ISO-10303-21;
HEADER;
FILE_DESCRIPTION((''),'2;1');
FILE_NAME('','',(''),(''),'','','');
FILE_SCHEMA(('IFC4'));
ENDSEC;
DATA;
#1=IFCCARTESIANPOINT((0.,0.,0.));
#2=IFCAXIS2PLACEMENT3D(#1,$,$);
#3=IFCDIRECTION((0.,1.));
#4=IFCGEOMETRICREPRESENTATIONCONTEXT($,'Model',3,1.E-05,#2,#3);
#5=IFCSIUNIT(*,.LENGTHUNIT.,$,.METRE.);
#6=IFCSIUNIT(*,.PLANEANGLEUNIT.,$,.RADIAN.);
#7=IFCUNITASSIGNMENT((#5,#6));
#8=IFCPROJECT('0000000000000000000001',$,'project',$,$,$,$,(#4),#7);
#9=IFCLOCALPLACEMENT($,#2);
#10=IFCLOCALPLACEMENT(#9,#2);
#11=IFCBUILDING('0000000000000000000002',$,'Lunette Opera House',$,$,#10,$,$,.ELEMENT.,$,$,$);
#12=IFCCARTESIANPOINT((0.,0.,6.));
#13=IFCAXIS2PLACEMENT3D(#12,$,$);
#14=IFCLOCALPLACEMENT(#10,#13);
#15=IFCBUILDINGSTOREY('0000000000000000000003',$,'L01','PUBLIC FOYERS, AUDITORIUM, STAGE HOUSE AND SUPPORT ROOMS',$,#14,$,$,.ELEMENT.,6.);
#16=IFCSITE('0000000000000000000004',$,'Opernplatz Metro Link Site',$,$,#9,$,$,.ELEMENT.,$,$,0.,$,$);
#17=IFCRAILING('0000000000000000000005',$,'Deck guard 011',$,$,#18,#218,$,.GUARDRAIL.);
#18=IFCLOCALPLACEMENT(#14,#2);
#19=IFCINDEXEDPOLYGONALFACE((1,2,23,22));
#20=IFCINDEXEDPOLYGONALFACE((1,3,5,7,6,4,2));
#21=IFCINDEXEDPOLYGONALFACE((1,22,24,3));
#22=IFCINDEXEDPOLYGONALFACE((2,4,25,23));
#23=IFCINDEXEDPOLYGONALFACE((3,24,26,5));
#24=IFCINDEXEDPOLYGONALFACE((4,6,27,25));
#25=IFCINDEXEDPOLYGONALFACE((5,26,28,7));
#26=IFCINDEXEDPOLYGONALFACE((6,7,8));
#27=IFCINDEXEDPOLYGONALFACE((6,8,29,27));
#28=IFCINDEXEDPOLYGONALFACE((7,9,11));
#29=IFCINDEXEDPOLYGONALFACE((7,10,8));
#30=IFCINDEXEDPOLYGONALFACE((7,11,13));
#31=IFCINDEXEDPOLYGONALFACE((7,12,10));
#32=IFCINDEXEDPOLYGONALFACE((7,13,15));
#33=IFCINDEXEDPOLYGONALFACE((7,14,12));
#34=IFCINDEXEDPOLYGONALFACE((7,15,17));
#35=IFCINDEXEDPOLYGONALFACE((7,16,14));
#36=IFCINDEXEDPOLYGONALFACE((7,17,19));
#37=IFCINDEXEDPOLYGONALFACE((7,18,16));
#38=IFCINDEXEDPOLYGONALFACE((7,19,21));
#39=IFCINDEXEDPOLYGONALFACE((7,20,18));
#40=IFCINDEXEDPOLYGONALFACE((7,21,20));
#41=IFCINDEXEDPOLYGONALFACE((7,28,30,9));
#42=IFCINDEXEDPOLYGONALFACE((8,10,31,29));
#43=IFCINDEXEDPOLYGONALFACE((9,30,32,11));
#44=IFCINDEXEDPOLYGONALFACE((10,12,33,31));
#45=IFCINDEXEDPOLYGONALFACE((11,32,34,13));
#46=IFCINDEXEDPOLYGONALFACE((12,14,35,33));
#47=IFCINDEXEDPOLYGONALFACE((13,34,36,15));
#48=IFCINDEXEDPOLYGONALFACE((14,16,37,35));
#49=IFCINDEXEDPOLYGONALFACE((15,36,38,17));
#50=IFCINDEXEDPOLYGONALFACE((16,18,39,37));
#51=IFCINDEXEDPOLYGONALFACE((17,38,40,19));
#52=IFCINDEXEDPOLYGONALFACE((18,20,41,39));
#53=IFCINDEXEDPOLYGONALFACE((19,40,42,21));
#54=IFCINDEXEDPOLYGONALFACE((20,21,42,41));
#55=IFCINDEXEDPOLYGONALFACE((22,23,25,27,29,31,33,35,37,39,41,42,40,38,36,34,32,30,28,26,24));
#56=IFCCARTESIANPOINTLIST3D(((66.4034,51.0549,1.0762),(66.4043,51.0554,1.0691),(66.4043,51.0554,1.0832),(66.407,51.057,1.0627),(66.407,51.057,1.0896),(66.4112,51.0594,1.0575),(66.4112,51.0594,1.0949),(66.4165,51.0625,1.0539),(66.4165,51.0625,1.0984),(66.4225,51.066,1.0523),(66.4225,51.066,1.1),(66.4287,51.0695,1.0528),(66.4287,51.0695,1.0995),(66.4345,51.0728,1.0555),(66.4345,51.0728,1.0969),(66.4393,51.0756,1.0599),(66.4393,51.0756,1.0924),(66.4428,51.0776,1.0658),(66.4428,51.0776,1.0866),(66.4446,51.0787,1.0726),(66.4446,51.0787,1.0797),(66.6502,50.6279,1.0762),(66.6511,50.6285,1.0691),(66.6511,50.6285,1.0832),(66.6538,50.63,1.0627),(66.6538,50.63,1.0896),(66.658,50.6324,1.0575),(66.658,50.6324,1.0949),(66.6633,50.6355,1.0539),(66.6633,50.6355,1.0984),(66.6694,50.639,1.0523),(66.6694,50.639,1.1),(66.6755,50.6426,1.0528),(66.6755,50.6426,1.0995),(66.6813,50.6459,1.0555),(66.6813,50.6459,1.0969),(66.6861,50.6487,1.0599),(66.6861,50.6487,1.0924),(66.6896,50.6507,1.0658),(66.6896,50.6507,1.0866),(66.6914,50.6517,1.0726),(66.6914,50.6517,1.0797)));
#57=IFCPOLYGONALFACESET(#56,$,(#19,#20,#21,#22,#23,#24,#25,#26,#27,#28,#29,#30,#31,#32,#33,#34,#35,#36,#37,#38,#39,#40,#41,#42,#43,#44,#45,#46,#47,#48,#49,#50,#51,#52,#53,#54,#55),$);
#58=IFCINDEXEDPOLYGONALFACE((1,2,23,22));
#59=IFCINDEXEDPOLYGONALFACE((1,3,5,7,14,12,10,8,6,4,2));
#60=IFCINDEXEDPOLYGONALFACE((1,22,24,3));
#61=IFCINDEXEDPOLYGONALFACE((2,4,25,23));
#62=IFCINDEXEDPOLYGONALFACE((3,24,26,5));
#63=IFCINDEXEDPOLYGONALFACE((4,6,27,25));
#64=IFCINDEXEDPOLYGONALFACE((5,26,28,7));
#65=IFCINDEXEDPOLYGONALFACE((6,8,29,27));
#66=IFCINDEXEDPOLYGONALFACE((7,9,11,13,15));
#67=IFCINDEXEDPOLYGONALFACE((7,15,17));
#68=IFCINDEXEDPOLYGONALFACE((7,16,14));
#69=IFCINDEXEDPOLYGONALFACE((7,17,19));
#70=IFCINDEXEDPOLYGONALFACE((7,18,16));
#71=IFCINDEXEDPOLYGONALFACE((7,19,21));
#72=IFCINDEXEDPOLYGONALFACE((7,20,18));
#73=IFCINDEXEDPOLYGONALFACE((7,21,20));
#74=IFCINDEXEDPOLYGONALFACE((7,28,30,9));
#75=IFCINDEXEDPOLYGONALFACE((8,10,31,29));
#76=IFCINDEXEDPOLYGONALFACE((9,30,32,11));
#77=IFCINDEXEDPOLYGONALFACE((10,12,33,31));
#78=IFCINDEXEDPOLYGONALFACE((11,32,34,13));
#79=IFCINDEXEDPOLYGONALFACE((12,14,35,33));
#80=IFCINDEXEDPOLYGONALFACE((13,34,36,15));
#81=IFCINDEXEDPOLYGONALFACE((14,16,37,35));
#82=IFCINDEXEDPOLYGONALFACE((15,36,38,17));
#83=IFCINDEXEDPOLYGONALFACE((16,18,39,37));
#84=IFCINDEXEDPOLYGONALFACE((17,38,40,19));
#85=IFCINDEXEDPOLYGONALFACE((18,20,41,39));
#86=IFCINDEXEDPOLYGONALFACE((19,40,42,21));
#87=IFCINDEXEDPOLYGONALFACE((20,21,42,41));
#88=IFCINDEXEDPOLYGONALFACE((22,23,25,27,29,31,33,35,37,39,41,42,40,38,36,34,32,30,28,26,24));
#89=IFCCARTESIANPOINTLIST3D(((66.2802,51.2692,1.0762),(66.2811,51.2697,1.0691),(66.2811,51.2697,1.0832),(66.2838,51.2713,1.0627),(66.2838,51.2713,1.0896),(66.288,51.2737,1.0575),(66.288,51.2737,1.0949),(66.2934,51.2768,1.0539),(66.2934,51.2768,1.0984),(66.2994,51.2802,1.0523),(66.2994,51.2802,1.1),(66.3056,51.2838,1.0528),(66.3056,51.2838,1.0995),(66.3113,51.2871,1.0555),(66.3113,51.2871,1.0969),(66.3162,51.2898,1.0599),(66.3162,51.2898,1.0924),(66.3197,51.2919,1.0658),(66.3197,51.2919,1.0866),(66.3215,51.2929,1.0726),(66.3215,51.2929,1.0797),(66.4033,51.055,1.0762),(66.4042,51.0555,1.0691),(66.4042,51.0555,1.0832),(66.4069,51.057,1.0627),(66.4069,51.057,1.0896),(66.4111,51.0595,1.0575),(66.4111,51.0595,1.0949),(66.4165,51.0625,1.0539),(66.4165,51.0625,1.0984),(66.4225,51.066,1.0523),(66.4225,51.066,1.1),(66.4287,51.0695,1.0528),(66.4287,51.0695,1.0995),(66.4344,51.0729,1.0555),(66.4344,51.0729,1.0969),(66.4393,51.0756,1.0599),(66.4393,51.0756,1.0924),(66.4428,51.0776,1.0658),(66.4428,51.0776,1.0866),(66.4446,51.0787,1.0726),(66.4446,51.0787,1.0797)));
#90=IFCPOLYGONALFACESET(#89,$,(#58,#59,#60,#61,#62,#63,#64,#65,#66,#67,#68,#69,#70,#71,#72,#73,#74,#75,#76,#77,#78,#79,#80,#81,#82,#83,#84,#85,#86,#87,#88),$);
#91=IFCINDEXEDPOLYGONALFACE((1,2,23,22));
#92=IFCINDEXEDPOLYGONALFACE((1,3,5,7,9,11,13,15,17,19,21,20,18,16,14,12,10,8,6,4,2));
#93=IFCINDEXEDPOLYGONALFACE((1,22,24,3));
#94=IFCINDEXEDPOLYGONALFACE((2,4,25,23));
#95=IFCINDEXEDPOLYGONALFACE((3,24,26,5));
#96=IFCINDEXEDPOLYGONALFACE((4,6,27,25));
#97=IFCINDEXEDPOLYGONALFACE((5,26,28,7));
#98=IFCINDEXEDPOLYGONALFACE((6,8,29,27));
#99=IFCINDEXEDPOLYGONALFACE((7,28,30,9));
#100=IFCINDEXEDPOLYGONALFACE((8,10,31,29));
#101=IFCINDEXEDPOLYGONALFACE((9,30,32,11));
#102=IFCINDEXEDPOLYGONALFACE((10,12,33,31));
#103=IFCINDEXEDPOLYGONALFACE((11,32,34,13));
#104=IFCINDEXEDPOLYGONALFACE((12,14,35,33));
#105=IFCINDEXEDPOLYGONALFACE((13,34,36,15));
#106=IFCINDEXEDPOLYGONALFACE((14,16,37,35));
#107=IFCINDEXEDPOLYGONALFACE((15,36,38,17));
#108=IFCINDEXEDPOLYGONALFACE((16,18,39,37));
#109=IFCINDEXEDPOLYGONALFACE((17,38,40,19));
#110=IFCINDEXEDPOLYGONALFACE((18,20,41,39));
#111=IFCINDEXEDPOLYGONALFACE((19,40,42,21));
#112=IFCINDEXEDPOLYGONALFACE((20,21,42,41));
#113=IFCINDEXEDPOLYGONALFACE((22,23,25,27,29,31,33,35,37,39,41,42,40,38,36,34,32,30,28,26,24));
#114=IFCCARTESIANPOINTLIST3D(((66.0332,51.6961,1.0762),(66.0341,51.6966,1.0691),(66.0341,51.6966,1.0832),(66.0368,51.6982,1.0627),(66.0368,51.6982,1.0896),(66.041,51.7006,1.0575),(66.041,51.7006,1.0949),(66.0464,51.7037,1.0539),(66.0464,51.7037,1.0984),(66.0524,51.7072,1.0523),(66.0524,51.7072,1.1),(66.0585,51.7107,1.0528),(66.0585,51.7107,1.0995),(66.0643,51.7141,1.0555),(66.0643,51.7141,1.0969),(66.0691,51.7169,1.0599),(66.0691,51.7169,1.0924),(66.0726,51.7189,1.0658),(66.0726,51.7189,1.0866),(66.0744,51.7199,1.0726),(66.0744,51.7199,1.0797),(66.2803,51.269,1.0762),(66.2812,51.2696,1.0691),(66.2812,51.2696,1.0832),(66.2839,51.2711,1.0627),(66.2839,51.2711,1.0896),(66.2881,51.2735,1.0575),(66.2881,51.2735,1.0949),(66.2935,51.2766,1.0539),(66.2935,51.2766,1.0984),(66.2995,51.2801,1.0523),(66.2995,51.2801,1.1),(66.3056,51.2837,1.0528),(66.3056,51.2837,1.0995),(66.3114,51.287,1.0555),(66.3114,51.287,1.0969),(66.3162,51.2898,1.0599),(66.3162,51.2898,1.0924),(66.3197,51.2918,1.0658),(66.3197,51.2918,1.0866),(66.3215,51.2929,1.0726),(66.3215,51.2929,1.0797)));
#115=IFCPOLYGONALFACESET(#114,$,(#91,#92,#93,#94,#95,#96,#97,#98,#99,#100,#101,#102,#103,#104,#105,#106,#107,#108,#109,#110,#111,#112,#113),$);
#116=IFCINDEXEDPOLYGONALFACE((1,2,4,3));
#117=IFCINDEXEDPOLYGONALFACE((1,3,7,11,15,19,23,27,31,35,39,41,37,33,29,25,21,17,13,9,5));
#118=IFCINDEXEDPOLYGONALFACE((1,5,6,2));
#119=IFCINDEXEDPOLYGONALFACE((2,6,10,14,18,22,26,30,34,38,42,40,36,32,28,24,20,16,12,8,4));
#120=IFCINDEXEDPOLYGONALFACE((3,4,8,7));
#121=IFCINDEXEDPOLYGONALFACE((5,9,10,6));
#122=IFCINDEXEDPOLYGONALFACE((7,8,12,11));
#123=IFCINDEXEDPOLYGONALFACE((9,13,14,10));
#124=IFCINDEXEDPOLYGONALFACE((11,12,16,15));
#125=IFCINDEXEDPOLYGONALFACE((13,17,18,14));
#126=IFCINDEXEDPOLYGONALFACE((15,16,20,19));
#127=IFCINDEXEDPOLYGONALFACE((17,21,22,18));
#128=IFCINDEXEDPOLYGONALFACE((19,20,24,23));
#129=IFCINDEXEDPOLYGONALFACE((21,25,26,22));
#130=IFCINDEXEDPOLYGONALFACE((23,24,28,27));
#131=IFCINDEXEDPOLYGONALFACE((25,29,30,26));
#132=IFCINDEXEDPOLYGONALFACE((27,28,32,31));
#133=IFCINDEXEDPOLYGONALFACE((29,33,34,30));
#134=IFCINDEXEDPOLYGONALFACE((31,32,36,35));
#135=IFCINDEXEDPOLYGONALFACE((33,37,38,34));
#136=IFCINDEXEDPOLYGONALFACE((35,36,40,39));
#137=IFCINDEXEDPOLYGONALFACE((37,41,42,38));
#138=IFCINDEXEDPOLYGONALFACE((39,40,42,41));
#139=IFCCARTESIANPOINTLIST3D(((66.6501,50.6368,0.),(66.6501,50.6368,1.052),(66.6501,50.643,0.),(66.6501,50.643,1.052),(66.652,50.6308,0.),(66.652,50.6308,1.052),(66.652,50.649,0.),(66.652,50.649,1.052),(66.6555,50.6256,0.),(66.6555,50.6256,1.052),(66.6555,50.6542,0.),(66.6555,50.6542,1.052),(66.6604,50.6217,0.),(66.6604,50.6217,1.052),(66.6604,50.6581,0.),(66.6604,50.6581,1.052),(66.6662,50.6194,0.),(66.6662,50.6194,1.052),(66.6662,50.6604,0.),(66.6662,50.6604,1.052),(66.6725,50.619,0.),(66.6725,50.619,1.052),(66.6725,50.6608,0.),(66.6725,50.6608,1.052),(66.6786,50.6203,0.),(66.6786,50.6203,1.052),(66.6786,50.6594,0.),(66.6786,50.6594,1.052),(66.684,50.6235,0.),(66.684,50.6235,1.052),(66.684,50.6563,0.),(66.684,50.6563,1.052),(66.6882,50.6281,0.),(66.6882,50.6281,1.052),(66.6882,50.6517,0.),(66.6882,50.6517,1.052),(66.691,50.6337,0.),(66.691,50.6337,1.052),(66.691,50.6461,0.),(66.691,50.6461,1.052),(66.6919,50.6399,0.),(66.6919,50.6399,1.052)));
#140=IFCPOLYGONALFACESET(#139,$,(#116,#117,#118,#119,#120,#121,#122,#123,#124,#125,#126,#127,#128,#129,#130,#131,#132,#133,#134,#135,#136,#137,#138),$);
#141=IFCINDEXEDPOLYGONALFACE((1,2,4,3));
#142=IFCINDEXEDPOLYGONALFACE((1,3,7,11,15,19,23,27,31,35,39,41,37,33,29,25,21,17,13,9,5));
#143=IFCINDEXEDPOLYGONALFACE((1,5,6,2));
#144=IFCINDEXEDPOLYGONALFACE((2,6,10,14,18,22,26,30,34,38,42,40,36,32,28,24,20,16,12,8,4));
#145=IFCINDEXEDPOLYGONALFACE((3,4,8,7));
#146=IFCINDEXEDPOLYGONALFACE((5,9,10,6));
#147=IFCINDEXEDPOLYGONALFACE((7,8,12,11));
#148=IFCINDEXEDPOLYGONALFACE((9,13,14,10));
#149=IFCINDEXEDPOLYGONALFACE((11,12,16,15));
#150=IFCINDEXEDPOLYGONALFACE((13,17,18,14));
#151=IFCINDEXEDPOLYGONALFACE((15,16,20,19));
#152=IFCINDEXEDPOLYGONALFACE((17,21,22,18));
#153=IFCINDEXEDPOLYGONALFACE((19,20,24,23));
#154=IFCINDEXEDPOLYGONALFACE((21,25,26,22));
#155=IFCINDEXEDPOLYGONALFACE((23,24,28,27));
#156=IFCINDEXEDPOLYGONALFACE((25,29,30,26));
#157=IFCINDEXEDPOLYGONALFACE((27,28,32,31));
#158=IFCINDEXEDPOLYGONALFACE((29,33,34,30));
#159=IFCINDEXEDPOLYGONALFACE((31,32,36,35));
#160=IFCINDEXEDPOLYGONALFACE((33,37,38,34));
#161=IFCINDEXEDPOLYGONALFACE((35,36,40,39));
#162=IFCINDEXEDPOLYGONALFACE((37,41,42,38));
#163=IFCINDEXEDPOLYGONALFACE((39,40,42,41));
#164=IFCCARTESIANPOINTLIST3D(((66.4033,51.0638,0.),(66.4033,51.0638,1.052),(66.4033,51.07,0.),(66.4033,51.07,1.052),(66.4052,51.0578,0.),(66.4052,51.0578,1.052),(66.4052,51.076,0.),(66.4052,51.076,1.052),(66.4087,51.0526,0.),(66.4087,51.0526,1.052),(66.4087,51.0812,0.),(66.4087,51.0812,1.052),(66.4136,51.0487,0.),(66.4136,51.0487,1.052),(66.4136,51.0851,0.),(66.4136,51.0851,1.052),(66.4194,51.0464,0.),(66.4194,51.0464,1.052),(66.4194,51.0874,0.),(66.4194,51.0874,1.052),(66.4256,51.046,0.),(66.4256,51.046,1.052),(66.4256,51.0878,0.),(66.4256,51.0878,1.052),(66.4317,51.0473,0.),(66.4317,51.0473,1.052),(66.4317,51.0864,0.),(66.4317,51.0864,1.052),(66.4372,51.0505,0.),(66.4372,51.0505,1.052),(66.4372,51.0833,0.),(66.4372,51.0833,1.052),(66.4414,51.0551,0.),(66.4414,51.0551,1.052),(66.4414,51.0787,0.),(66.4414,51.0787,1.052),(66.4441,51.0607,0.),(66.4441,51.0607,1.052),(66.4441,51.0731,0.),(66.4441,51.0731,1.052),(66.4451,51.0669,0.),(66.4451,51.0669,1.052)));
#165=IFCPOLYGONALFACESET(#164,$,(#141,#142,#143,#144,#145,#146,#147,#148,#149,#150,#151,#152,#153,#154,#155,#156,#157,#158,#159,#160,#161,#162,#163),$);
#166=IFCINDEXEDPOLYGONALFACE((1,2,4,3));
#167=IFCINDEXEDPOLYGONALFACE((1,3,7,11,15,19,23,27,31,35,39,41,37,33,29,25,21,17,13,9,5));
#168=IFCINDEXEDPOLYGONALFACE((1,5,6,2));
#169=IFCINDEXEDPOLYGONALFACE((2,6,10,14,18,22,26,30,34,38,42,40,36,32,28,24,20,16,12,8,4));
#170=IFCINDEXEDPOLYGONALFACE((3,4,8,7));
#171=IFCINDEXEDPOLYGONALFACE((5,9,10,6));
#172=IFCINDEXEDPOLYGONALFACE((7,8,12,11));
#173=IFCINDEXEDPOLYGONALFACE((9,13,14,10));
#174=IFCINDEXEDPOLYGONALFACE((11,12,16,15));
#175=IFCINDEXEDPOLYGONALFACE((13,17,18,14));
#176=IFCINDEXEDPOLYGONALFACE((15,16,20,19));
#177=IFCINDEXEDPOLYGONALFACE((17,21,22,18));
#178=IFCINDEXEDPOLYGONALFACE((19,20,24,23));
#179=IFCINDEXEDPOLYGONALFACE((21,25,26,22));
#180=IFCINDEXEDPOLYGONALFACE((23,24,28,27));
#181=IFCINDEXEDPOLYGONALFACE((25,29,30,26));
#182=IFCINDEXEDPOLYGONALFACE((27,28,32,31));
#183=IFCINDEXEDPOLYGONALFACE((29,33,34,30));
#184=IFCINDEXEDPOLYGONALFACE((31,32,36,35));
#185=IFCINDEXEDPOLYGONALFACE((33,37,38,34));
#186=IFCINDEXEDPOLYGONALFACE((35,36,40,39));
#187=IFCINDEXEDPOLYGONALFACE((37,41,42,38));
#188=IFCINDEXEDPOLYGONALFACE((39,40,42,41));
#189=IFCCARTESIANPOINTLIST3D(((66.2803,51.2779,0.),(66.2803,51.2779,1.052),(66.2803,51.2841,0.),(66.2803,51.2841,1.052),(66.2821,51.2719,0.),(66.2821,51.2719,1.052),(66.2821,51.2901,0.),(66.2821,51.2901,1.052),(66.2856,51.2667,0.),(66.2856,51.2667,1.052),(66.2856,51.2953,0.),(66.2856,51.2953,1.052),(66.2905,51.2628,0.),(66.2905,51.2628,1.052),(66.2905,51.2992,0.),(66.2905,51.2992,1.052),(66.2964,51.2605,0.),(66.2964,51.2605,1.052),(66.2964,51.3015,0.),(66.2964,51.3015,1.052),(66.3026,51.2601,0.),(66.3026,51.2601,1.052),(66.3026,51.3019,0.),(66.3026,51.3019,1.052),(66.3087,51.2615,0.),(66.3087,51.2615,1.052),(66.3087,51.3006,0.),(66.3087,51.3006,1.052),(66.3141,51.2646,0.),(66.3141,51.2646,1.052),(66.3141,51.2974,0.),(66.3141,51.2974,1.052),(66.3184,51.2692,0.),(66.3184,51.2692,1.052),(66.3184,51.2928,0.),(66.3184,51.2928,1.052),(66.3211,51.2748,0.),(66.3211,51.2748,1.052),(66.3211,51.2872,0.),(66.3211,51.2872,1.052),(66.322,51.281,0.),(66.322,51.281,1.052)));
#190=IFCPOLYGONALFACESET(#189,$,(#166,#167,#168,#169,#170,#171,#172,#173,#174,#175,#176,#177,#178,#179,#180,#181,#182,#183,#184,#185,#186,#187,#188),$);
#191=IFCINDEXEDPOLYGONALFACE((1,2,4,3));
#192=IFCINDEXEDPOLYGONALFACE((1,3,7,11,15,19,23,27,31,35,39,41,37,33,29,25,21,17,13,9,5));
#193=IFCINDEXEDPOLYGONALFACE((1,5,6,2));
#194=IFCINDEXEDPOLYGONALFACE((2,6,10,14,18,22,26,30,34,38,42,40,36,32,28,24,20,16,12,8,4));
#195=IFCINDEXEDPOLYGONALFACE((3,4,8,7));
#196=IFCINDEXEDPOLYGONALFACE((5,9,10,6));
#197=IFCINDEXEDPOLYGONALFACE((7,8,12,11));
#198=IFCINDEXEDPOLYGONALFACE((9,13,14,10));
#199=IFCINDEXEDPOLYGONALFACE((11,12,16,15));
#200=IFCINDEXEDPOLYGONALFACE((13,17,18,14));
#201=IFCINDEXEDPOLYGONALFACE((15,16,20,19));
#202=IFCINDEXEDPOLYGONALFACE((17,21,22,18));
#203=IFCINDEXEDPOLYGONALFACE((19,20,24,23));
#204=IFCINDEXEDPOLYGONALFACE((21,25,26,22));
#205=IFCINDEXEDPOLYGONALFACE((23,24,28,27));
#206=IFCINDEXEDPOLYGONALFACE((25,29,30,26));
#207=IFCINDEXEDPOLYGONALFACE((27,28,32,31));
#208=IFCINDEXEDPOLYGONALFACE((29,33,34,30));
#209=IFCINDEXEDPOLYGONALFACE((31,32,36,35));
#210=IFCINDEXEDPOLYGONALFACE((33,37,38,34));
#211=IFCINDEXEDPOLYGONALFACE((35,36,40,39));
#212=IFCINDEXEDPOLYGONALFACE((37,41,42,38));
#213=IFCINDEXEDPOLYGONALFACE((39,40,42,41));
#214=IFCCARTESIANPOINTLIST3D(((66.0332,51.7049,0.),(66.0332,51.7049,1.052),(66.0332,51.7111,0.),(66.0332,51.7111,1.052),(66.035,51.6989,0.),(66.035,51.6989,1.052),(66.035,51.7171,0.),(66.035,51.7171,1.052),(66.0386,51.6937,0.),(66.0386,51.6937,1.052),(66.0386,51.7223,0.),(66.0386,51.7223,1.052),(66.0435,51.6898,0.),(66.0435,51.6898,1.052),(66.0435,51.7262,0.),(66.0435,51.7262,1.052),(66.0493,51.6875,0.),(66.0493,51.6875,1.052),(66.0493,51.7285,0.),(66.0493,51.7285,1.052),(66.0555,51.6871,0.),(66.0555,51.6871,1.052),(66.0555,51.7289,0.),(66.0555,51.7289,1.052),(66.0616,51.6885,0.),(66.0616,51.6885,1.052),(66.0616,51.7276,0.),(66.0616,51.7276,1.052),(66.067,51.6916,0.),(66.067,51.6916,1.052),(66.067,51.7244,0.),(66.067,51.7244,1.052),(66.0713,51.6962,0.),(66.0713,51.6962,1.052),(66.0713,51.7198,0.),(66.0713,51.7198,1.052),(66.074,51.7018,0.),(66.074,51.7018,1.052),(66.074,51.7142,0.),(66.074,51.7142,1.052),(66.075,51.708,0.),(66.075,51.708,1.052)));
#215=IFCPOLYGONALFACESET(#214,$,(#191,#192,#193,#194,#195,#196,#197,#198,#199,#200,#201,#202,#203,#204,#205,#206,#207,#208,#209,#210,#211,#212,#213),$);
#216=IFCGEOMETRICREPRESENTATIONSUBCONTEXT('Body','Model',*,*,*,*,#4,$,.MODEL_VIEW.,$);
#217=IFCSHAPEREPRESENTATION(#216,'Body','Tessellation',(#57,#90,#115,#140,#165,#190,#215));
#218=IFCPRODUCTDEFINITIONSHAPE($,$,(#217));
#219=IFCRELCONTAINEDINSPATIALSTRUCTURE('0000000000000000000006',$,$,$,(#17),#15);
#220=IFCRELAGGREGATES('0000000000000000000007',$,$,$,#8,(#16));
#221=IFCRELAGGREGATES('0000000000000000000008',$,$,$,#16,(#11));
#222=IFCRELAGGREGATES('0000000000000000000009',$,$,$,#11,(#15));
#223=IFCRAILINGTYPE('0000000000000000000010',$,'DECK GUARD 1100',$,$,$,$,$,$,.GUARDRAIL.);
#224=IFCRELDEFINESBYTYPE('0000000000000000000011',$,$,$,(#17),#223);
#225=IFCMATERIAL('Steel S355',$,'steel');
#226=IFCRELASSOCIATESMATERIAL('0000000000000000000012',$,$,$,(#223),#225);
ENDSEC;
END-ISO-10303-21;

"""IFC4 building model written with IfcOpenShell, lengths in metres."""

from ifc_helpers import new_model, si_unit, direction, frame, origin, origin_2d, place, context, subcontext, project, spatial, circle, extrude, material, type_object, element, save


model = new_model("IFC4")

# Units and contexts
model_context = context("Model", 3, precision=1e-05, world=origin(), true_north=direction((0.0, 1.0)))
body_context = subcontext(model_context, "Body", "Model", "MODEL_VIEW")
ifc_project = project(units=[si_unit("LENGTHUNIT", "METRE"), si_unit("PLANEANGLEUNIT", "RADIAN")], contexts=[model_context])

# Site, building, storey
site_placement = place(None, origin())
site = spatial("IfcSite", under=ifc_project, at=site_placement, Name="Opernplatz Metro Link Site", CompositionType="ELEMENT", RefElevation=0.0)
building_placement = place(site_placement, origin())
building = spatial("IfcBuilding", under=site, at=building_placement, Name="Lunette Opera House", CompositionType="ELEMENT")
storey_placement = place(building_placement, frame((0.0, 0.0, 6.0)))
storey = spatial("IfcBuildingStorey", under=building, at=storey_placement, Name="L01", Description="PUBLIC FOYERS, AUDITORIUM, STAGE HOUSE AND SUPPORT ROOMS", CompositionType="ELEMENT", Elevation=6.0)

# Railing
ifc_material_1 = material(Name="Steel S355", Category="steel")
railing_type_1 = type_object("IfcRailingType", Name="DECK GUARD 1100", PredefinedType="GUARDRAIL", material=ifc_material_1)
railing_1_placement = place(storey_placement, frame((66.6709, 50.6399, 0.0)))
element("IfcRailing", 1, at=railing_1_placement, inside=storey, type_object=railing_type_1, Name="Deck guard 011", PredefinedType="GUARDRAIL", context=body_context, shape_type="SweptSolid", body=[
    extrude(circle(Radius=0.0239, at=origin_2d()), frame((0.0, 0.0, 1.0762), z_axis=(-0.500451, 0.865765, 0.0), x_axis=(-0.865765, -0.500451, 0.0)), (0.0, 0.0, 1.0), 0.4932),
    extrude(circle(Radius=0.0239, at=origin_2d()), frame((-0.2468, 0.427, 1.0762), z_axis=(-0.498267, 0.867024, 0.0), x_axis=(-0.867024, -0.498267, 0.0)), (0.0, 0.0, 1.0), 0.2471),
    extrude(circle(Radius=0.0239, at=origin_2d()), frame((-0.3699, 0.6411, 1.0762), z_axis=(-0.500822, 0.86555, 0.0), x_axis=(-0.86555, -0.500822, 0.0)), (0.0, 0.0, 1.0), 0.4934),
    extrude(circle(Radius=0.021, at=origin_2d()), origin(), (0.0, 0.0, 1.0), 1.052),
    extrude(circle(Radius=0.021, at=origin_2d()), frame((-0.2468, 0.427, 0.0)), (0.0, 0.0, 1.0), 1.052),
    extrude(circle(Radius=0.021, at=origin_2d()), frame((-0.3699, 0.6411, 0.0)), (0.0, 0.0, 1.0), 1.052),
    extrude(circle(Radius=0.021, at=origin_2d()), frame((-0.6169, 1.0681, 0.0)), (0.0, 0.0, 1.0), 1.052),
])

save(model, "model.ifc")
